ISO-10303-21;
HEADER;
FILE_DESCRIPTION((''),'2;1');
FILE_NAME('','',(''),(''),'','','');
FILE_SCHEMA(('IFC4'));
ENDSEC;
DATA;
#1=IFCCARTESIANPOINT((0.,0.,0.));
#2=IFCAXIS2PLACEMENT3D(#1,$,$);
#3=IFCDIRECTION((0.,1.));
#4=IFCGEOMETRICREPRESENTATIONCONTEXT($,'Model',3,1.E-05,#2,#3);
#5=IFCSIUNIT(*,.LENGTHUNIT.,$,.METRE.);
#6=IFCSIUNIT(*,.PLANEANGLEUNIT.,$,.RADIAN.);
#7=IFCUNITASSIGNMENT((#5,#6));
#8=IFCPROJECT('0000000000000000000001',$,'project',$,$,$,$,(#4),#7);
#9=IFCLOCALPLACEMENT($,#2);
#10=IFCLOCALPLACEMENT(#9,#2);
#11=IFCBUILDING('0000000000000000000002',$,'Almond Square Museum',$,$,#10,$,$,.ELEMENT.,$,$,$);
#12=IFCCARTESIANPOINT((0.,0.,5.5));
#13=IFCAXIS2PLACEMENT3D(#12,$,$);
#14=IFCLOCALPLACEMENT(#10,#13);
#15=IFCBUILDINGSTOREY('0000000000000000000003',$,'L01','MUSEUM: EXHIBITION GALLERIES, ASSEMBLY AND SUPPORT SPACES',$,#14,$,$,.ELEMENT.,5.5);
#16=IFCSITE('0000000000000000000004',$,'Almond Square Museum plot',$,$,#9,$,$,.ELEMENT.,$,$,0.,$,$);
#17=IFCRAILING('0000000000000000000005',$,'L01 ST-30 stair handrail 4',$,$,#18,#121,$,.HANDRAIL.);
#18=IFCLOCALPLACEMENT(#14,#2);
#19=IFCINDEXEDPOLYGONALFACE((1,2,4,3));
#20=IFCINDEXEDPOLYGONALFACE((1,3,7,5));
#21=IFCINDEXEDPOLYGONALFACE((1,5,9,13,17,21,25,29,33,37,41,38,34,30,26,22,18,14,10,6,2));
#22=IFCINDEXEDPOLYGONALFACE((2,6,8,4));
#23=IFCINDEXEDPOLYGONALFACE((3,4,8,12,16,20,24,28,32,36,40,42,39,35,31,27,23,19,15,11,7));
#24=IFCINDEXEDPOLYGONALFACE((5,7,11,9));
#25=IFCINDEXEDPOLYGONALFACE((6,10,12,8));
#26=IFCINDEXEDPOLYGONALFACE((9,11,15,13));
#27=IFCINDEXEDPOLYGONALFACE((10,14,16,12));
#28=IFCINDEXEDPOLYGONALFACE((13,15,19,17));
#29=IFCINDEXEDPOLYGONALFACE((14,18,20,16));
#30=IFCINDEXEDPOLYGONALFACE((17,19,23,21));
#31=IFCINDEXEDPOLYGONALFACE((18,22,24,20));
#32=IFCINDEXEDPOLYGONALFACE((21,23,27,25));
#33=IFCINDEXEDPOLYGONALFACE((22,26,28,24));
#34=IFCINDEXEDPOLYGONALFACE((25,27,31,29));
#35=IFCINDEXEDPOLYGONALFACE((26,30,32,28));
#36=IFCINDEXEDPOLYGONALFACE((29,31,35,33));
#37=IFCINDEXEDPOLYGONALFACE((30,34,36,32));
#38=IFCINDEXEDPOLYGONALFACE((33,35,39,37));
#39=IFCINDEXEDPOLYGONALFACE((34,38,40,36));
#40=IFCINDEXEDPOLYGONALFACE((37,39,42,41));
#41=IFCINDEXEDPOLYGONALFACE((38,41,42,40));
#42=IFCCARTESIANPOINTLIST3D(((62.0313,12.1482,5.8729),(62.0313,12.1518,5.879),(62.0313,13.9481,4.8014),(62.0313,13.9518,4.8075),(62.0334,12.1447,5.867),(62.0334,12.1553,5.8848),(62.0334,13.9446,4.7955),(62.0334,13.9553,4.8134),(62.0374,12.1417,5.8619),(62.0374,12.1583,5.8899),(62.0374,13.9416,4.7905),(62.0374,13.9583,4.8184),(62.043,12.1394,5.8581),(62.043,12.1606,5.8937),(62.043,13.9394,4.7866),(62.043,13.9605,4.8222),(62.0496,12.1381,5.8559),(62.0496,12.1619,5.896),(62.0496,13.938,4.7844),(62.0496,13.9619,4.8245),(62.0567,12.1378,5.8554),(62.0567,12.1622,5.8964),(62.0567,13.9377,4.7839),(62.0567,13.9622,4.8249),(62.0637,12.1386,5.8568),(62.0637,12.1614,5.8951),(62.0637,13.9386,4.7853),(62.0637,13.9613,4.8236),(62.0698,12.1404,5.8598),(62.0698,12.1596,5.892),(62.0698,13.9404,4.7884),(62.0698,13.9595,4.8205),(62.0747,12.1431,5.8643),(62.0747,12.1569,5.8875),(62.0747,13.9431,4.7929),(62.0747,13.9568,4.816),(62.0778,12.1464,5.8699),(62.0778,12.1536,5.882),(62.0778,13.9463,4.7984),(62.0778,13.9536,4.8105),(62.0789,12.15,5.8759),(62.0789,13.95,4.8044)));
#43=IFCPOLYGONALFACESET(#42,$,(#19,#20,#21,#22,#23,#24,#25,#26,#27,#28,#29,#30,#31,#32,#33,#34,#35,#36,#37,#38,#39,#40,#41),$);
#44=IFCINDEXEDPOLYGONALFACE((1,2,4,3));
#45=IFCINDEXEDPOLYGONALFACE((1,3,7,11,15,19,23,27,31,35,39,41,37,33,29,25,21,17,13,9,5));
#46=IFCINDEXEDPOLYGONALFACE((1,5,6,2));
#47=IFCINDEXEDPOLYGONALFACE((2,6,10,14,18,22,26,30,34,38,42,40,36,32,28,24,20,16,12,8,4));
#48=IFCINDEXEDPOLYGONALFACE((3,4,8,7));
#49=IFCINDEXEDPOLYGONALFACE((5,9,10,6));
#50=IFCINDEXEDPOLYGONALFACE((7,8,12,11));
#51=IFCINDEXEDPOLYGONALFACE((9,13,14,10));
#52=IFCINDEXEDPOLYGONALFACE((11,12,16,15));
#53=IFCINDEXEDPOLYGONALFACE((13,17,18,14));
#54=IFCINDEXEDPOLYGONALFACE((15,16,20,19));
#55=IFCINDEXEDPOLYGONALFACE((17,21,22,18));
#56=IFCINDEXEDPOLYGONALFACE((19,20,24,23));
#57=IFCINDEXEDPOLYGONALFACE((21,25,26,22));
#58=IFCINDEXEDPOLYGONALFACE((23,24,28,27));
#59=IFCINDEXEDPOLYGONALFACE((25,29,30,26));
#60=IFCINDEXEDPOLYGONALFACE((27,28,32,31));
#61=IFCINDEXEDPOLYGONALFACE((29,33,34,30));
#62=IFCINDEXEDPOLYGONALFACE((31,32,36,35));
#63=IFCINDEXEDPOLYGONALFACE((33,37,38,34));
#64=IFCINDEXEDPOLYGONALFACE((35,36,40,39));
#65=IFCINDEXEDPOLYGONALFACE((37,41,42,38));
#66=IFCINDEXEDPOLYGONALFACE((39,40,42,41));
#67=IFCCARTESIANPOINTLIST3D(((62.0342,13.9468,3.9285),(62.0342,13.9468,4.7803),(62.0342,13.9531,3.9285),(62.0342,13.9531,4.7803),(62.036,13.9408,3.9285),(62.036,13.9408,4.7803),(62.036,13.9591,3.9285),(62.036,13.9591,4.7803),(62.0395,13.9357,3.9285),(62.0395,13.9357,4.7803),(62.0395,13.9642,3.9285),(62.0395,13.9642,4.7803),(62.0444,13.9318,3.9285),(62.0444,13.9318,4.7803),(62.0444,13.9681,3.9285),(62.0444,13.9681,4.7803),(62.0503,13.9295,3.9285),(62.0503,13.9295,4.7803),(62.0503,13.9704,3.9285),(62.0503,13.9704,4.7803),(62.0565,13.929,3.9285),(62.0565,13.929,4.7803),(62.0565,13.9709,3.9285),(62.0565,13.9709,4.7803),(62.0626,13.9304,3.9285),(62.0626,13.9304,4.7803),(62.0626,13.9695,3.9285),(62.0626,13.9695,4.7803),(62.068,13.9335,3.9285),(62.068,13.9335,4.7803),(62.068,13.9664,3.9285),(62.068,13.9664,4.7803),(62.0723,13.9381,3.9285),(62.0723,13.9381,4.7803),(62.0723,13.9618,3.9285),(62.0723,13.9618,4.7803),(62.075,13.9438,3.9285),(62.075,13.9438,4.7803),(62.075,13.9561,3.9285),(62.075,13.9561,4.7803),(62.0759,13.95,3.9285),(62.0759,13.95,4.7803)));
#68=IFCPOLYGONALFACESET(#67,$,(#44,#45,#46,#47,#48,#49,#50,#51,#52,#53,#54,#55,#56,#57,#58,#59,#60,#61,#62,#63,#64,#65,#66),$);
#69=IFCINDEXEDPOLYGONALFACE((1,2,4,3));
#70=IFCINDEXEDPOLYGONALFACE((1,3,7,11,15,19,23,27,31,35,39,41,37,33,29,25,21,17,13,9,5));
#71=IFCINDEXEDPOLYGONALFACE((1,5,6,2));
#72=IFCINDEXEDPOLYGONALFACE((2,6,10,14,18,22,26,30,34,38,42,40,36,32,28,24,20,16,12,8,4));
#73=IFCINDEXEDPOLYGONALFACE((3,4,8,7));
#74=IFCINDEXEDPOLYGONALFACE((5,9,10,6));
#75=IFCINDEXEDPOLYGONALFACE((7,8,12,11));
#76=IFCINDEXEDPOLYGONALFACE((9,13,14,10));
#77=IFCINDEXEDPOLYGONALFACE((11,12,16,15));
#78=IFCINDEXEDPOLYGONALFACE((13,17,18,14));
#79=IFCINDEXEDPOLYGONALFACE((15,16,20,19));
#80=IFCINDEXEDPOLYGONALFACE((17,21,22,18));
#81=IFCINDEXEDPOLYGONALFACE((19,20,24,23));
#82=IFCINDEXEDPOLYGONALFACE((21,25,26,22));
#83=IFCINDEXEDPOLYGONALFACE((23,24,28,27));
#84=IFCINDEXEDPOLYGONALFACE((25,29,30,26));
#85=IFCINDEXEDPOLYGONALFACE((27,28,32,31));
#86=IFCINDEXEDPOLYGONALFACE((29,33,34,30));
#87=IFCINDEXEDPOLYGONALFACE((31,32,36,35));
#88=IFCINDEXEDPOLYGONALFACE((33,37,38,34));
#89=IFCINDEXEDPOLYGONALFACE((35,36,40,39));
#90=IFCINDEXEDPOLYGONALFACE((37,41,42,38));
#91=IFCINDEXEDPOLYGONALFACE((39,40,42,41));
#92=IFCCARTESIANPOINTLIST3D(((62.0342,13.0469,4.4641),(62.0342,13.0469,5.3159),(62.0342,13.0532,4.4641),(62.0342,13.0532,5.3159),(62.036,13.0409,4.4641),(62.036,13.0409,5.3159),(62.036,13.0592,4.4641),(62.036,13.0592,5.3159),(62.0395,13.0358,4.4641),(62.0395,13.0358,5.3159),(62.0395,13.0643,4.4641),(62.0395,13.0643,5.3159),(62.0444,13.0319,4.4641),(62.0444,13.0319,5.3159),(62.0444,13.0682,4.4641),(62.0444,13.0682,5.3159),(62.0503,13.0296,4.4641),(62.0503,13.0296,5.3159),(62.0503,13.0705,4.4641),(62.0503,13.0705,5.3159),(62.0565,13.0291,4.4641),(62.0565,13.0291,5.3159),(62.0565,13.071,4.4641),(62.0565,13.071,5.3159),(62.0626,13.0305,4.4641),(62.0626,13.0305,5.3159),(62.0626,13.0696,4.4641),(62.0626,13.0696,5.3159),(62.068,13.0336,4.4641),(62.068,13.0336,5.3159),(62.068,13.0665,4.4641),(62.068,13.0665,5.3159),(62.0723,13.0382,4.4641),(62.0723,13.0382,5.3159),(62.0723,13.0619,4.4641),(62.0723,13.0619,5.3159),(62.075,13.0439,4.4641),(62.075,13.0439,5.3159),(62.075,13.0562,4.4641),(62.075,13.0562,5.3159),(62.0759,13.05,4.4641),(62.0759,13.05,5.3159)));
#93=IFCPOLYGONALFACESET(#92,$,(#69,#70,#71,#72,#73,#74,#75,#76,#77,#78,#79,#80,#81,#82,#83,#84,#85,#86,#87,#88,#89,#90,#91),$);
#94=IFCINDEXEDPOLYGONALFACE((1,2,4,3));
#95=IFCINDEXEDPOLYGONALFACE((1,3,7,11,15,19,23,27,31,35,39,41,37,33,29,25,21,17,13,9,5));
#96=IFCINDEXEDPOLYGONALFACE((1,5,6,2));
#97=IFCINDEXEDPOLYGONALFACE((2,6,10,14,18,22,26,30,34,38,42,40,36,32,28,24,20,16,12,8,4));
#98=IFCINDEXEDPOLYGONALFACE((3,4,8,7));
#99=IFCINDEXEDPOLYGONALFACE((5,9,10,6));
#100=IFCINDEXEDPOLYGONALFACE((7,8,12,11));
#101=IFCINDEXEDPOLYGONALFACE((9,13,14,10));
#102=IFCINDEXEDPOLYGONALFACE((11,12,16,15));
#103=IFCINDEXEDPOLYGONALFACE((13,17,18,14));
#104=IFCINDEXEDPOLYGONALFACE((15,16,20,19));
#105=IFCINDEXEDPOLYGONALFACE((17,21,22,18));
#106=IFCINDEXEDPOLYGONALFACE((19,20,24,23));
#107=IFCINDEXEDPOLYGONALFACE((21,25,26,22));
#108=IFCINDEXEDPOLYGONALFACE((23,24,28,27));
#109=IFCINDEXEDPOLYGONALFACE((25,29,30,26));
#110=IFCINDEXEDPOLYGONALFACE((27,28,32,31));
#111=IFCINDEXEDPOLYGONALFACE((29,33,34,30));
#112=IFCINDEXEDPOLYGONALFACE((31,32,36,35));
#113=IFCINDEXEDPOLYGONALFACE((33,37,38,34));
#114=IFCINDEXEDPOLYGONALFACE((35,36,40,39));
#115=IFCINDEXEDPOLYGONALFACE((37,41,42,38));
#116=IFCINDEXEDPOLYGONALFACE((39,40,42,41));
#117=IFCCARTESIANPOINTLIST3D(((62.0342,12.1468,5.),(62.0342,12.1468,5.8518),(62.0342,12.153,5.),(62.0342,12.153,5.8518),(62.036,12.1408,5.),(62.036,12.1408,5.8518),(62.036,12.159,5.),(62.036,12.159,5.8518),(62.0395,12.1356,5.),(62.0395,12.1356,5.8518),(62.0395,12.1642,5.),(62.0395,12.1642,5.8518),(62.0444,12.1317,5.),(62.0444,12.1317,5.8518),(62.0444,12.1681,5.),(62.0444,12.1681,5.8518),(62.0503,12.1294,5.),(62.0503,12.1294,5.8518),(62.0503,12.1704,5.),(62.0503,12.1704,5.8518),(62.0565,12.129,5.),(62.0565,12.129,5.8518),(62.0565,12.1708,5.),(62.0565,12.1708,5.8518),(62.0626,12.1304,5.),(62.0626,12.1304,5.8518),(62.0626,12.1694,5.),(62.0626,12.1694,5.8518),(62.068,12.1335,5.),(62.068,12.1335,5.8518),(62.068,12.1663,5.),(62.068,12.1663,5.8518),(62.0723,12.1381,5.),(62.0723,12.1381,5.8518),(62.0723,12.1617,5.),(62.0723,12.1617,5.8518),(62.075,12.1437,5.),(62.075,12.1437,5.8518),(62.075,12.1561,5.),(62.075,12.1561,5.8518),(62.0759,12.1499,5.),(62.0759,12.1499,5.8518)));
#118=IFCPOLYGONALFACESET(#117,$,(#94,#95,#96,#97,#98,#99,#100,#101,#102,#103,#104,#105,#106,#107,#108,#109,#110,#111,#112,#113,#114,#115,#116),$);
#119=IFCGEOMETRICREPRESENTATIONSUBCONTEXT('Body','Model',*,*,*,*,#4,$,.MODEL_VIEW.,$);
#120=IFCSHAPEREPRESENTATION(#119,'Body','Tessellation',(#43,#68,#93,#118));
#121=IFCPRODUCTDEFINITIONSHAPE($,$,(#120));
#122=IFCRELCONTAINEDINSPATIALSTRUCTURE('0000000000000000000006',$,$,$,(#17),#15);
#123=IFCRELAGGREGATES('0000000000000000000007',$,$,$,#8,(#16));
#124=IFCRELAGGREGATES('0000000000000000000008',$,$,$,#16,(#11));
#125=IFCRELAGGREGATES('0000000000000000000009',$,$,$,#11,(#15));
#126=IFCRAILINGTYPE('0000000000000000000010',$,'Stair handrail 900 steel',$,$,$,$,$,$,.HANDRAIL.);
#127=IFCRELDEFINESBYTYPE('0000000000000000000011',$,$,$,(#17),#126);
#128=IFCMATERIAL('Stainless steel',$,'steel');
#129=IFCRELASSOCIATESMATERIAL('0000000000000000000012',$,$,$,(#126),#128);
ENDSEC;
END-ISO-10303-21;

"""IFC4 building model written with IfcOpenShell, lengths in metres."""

from ifc_helpers import new_model, si_unit, direction, frame, origin, origin_2d, place, context, subcontext, project, spatial, circle, extrude, material, type_object, element, save


model = new_model("IFC4")

# Units and contexts
model_context = context("Model", 3, precision=1e-05, world=origin(), true_north=direction((0.0, 1.0)))
body_context = subcontext(model_context, "Body", "Model", "MODEL_VIEW")
ifc_project = project(units=[si_unit("LENGTHUNIT", "METRE"), si_unit("PLANEANGLEUNIT", "RADIAN")], contexts=[model_context])

# Site, building, storey
site_placement = place(None, origin())
site = spatial("IfcSite", under=ifc_project, at=site_placement, Name="Almond Square Museum plot", CompositionType="ELEMENT", RefElevation=0.0)
building_placement = place(site_placement, origin())
building = spatial("IfcBuilding", under=site, at=building_placement, Name="Almond Square Museum", CompositionType="ELEMENT")
storey_placement = place(building_placement, frame((0.0, 0.0, 5.5)))
storey = spatial("IfcBuildingStorey", under=building, at=storey_placement, Name="L01", Description="MUSEUM: EXHIBITION GALLERIES, ASSEMBLY AND SUPPORT SPACES", CompositionType="ELEMENT", Elevation=5.5)

# Railing
ifc_material_1 = material(Name="Stainless steel", Category="steel")
railing_type_1 = type_object("IfcRailingType", Name="Stair handrail 900 steel", PredefinedType="HANDRAIL", material=ifc_material_1)
for number, where, name in (
    (1, (62.0549, 13.95, 3.9285), "L01 ST-30 stair handrail 4"),
):
    element("IfcRailing", number, at=place(storey_placement, frame(where)), inside=storey, type_object=railing_type_1, Name=name, PredefinedType="HANDRAIL", context=body_context, shape_type="SweptSolid", body=[
        extrude(circle(Radius=0.0239, at=origin_2d()), frame((0.0, 0.0, 0.876), z_axis=(0.0, -0.859277, 0.51151), x_axis=(1.0, 0.0, 0.0)), (0.0, 0.0, 1.0), 2.0947),
        extrude(circle(Radius=0.021, at=origin_2d()), origin(), (0.0, 0.0, 1.0), 0.8518),
        extrude(circle(Radius=0.021, at=origin_2d()), frame((0.0, -0.8999, 0.5356)), (0.0, 0.0, 1.0), 0.8518),
        extrude(circle(Radius=0.021, at=origin_2d()), frame((0.0, -1.8, 1.0715)), (0.0, 0.0, 1.0), 0.8518),
    ])

save(model, "model.ifc")
